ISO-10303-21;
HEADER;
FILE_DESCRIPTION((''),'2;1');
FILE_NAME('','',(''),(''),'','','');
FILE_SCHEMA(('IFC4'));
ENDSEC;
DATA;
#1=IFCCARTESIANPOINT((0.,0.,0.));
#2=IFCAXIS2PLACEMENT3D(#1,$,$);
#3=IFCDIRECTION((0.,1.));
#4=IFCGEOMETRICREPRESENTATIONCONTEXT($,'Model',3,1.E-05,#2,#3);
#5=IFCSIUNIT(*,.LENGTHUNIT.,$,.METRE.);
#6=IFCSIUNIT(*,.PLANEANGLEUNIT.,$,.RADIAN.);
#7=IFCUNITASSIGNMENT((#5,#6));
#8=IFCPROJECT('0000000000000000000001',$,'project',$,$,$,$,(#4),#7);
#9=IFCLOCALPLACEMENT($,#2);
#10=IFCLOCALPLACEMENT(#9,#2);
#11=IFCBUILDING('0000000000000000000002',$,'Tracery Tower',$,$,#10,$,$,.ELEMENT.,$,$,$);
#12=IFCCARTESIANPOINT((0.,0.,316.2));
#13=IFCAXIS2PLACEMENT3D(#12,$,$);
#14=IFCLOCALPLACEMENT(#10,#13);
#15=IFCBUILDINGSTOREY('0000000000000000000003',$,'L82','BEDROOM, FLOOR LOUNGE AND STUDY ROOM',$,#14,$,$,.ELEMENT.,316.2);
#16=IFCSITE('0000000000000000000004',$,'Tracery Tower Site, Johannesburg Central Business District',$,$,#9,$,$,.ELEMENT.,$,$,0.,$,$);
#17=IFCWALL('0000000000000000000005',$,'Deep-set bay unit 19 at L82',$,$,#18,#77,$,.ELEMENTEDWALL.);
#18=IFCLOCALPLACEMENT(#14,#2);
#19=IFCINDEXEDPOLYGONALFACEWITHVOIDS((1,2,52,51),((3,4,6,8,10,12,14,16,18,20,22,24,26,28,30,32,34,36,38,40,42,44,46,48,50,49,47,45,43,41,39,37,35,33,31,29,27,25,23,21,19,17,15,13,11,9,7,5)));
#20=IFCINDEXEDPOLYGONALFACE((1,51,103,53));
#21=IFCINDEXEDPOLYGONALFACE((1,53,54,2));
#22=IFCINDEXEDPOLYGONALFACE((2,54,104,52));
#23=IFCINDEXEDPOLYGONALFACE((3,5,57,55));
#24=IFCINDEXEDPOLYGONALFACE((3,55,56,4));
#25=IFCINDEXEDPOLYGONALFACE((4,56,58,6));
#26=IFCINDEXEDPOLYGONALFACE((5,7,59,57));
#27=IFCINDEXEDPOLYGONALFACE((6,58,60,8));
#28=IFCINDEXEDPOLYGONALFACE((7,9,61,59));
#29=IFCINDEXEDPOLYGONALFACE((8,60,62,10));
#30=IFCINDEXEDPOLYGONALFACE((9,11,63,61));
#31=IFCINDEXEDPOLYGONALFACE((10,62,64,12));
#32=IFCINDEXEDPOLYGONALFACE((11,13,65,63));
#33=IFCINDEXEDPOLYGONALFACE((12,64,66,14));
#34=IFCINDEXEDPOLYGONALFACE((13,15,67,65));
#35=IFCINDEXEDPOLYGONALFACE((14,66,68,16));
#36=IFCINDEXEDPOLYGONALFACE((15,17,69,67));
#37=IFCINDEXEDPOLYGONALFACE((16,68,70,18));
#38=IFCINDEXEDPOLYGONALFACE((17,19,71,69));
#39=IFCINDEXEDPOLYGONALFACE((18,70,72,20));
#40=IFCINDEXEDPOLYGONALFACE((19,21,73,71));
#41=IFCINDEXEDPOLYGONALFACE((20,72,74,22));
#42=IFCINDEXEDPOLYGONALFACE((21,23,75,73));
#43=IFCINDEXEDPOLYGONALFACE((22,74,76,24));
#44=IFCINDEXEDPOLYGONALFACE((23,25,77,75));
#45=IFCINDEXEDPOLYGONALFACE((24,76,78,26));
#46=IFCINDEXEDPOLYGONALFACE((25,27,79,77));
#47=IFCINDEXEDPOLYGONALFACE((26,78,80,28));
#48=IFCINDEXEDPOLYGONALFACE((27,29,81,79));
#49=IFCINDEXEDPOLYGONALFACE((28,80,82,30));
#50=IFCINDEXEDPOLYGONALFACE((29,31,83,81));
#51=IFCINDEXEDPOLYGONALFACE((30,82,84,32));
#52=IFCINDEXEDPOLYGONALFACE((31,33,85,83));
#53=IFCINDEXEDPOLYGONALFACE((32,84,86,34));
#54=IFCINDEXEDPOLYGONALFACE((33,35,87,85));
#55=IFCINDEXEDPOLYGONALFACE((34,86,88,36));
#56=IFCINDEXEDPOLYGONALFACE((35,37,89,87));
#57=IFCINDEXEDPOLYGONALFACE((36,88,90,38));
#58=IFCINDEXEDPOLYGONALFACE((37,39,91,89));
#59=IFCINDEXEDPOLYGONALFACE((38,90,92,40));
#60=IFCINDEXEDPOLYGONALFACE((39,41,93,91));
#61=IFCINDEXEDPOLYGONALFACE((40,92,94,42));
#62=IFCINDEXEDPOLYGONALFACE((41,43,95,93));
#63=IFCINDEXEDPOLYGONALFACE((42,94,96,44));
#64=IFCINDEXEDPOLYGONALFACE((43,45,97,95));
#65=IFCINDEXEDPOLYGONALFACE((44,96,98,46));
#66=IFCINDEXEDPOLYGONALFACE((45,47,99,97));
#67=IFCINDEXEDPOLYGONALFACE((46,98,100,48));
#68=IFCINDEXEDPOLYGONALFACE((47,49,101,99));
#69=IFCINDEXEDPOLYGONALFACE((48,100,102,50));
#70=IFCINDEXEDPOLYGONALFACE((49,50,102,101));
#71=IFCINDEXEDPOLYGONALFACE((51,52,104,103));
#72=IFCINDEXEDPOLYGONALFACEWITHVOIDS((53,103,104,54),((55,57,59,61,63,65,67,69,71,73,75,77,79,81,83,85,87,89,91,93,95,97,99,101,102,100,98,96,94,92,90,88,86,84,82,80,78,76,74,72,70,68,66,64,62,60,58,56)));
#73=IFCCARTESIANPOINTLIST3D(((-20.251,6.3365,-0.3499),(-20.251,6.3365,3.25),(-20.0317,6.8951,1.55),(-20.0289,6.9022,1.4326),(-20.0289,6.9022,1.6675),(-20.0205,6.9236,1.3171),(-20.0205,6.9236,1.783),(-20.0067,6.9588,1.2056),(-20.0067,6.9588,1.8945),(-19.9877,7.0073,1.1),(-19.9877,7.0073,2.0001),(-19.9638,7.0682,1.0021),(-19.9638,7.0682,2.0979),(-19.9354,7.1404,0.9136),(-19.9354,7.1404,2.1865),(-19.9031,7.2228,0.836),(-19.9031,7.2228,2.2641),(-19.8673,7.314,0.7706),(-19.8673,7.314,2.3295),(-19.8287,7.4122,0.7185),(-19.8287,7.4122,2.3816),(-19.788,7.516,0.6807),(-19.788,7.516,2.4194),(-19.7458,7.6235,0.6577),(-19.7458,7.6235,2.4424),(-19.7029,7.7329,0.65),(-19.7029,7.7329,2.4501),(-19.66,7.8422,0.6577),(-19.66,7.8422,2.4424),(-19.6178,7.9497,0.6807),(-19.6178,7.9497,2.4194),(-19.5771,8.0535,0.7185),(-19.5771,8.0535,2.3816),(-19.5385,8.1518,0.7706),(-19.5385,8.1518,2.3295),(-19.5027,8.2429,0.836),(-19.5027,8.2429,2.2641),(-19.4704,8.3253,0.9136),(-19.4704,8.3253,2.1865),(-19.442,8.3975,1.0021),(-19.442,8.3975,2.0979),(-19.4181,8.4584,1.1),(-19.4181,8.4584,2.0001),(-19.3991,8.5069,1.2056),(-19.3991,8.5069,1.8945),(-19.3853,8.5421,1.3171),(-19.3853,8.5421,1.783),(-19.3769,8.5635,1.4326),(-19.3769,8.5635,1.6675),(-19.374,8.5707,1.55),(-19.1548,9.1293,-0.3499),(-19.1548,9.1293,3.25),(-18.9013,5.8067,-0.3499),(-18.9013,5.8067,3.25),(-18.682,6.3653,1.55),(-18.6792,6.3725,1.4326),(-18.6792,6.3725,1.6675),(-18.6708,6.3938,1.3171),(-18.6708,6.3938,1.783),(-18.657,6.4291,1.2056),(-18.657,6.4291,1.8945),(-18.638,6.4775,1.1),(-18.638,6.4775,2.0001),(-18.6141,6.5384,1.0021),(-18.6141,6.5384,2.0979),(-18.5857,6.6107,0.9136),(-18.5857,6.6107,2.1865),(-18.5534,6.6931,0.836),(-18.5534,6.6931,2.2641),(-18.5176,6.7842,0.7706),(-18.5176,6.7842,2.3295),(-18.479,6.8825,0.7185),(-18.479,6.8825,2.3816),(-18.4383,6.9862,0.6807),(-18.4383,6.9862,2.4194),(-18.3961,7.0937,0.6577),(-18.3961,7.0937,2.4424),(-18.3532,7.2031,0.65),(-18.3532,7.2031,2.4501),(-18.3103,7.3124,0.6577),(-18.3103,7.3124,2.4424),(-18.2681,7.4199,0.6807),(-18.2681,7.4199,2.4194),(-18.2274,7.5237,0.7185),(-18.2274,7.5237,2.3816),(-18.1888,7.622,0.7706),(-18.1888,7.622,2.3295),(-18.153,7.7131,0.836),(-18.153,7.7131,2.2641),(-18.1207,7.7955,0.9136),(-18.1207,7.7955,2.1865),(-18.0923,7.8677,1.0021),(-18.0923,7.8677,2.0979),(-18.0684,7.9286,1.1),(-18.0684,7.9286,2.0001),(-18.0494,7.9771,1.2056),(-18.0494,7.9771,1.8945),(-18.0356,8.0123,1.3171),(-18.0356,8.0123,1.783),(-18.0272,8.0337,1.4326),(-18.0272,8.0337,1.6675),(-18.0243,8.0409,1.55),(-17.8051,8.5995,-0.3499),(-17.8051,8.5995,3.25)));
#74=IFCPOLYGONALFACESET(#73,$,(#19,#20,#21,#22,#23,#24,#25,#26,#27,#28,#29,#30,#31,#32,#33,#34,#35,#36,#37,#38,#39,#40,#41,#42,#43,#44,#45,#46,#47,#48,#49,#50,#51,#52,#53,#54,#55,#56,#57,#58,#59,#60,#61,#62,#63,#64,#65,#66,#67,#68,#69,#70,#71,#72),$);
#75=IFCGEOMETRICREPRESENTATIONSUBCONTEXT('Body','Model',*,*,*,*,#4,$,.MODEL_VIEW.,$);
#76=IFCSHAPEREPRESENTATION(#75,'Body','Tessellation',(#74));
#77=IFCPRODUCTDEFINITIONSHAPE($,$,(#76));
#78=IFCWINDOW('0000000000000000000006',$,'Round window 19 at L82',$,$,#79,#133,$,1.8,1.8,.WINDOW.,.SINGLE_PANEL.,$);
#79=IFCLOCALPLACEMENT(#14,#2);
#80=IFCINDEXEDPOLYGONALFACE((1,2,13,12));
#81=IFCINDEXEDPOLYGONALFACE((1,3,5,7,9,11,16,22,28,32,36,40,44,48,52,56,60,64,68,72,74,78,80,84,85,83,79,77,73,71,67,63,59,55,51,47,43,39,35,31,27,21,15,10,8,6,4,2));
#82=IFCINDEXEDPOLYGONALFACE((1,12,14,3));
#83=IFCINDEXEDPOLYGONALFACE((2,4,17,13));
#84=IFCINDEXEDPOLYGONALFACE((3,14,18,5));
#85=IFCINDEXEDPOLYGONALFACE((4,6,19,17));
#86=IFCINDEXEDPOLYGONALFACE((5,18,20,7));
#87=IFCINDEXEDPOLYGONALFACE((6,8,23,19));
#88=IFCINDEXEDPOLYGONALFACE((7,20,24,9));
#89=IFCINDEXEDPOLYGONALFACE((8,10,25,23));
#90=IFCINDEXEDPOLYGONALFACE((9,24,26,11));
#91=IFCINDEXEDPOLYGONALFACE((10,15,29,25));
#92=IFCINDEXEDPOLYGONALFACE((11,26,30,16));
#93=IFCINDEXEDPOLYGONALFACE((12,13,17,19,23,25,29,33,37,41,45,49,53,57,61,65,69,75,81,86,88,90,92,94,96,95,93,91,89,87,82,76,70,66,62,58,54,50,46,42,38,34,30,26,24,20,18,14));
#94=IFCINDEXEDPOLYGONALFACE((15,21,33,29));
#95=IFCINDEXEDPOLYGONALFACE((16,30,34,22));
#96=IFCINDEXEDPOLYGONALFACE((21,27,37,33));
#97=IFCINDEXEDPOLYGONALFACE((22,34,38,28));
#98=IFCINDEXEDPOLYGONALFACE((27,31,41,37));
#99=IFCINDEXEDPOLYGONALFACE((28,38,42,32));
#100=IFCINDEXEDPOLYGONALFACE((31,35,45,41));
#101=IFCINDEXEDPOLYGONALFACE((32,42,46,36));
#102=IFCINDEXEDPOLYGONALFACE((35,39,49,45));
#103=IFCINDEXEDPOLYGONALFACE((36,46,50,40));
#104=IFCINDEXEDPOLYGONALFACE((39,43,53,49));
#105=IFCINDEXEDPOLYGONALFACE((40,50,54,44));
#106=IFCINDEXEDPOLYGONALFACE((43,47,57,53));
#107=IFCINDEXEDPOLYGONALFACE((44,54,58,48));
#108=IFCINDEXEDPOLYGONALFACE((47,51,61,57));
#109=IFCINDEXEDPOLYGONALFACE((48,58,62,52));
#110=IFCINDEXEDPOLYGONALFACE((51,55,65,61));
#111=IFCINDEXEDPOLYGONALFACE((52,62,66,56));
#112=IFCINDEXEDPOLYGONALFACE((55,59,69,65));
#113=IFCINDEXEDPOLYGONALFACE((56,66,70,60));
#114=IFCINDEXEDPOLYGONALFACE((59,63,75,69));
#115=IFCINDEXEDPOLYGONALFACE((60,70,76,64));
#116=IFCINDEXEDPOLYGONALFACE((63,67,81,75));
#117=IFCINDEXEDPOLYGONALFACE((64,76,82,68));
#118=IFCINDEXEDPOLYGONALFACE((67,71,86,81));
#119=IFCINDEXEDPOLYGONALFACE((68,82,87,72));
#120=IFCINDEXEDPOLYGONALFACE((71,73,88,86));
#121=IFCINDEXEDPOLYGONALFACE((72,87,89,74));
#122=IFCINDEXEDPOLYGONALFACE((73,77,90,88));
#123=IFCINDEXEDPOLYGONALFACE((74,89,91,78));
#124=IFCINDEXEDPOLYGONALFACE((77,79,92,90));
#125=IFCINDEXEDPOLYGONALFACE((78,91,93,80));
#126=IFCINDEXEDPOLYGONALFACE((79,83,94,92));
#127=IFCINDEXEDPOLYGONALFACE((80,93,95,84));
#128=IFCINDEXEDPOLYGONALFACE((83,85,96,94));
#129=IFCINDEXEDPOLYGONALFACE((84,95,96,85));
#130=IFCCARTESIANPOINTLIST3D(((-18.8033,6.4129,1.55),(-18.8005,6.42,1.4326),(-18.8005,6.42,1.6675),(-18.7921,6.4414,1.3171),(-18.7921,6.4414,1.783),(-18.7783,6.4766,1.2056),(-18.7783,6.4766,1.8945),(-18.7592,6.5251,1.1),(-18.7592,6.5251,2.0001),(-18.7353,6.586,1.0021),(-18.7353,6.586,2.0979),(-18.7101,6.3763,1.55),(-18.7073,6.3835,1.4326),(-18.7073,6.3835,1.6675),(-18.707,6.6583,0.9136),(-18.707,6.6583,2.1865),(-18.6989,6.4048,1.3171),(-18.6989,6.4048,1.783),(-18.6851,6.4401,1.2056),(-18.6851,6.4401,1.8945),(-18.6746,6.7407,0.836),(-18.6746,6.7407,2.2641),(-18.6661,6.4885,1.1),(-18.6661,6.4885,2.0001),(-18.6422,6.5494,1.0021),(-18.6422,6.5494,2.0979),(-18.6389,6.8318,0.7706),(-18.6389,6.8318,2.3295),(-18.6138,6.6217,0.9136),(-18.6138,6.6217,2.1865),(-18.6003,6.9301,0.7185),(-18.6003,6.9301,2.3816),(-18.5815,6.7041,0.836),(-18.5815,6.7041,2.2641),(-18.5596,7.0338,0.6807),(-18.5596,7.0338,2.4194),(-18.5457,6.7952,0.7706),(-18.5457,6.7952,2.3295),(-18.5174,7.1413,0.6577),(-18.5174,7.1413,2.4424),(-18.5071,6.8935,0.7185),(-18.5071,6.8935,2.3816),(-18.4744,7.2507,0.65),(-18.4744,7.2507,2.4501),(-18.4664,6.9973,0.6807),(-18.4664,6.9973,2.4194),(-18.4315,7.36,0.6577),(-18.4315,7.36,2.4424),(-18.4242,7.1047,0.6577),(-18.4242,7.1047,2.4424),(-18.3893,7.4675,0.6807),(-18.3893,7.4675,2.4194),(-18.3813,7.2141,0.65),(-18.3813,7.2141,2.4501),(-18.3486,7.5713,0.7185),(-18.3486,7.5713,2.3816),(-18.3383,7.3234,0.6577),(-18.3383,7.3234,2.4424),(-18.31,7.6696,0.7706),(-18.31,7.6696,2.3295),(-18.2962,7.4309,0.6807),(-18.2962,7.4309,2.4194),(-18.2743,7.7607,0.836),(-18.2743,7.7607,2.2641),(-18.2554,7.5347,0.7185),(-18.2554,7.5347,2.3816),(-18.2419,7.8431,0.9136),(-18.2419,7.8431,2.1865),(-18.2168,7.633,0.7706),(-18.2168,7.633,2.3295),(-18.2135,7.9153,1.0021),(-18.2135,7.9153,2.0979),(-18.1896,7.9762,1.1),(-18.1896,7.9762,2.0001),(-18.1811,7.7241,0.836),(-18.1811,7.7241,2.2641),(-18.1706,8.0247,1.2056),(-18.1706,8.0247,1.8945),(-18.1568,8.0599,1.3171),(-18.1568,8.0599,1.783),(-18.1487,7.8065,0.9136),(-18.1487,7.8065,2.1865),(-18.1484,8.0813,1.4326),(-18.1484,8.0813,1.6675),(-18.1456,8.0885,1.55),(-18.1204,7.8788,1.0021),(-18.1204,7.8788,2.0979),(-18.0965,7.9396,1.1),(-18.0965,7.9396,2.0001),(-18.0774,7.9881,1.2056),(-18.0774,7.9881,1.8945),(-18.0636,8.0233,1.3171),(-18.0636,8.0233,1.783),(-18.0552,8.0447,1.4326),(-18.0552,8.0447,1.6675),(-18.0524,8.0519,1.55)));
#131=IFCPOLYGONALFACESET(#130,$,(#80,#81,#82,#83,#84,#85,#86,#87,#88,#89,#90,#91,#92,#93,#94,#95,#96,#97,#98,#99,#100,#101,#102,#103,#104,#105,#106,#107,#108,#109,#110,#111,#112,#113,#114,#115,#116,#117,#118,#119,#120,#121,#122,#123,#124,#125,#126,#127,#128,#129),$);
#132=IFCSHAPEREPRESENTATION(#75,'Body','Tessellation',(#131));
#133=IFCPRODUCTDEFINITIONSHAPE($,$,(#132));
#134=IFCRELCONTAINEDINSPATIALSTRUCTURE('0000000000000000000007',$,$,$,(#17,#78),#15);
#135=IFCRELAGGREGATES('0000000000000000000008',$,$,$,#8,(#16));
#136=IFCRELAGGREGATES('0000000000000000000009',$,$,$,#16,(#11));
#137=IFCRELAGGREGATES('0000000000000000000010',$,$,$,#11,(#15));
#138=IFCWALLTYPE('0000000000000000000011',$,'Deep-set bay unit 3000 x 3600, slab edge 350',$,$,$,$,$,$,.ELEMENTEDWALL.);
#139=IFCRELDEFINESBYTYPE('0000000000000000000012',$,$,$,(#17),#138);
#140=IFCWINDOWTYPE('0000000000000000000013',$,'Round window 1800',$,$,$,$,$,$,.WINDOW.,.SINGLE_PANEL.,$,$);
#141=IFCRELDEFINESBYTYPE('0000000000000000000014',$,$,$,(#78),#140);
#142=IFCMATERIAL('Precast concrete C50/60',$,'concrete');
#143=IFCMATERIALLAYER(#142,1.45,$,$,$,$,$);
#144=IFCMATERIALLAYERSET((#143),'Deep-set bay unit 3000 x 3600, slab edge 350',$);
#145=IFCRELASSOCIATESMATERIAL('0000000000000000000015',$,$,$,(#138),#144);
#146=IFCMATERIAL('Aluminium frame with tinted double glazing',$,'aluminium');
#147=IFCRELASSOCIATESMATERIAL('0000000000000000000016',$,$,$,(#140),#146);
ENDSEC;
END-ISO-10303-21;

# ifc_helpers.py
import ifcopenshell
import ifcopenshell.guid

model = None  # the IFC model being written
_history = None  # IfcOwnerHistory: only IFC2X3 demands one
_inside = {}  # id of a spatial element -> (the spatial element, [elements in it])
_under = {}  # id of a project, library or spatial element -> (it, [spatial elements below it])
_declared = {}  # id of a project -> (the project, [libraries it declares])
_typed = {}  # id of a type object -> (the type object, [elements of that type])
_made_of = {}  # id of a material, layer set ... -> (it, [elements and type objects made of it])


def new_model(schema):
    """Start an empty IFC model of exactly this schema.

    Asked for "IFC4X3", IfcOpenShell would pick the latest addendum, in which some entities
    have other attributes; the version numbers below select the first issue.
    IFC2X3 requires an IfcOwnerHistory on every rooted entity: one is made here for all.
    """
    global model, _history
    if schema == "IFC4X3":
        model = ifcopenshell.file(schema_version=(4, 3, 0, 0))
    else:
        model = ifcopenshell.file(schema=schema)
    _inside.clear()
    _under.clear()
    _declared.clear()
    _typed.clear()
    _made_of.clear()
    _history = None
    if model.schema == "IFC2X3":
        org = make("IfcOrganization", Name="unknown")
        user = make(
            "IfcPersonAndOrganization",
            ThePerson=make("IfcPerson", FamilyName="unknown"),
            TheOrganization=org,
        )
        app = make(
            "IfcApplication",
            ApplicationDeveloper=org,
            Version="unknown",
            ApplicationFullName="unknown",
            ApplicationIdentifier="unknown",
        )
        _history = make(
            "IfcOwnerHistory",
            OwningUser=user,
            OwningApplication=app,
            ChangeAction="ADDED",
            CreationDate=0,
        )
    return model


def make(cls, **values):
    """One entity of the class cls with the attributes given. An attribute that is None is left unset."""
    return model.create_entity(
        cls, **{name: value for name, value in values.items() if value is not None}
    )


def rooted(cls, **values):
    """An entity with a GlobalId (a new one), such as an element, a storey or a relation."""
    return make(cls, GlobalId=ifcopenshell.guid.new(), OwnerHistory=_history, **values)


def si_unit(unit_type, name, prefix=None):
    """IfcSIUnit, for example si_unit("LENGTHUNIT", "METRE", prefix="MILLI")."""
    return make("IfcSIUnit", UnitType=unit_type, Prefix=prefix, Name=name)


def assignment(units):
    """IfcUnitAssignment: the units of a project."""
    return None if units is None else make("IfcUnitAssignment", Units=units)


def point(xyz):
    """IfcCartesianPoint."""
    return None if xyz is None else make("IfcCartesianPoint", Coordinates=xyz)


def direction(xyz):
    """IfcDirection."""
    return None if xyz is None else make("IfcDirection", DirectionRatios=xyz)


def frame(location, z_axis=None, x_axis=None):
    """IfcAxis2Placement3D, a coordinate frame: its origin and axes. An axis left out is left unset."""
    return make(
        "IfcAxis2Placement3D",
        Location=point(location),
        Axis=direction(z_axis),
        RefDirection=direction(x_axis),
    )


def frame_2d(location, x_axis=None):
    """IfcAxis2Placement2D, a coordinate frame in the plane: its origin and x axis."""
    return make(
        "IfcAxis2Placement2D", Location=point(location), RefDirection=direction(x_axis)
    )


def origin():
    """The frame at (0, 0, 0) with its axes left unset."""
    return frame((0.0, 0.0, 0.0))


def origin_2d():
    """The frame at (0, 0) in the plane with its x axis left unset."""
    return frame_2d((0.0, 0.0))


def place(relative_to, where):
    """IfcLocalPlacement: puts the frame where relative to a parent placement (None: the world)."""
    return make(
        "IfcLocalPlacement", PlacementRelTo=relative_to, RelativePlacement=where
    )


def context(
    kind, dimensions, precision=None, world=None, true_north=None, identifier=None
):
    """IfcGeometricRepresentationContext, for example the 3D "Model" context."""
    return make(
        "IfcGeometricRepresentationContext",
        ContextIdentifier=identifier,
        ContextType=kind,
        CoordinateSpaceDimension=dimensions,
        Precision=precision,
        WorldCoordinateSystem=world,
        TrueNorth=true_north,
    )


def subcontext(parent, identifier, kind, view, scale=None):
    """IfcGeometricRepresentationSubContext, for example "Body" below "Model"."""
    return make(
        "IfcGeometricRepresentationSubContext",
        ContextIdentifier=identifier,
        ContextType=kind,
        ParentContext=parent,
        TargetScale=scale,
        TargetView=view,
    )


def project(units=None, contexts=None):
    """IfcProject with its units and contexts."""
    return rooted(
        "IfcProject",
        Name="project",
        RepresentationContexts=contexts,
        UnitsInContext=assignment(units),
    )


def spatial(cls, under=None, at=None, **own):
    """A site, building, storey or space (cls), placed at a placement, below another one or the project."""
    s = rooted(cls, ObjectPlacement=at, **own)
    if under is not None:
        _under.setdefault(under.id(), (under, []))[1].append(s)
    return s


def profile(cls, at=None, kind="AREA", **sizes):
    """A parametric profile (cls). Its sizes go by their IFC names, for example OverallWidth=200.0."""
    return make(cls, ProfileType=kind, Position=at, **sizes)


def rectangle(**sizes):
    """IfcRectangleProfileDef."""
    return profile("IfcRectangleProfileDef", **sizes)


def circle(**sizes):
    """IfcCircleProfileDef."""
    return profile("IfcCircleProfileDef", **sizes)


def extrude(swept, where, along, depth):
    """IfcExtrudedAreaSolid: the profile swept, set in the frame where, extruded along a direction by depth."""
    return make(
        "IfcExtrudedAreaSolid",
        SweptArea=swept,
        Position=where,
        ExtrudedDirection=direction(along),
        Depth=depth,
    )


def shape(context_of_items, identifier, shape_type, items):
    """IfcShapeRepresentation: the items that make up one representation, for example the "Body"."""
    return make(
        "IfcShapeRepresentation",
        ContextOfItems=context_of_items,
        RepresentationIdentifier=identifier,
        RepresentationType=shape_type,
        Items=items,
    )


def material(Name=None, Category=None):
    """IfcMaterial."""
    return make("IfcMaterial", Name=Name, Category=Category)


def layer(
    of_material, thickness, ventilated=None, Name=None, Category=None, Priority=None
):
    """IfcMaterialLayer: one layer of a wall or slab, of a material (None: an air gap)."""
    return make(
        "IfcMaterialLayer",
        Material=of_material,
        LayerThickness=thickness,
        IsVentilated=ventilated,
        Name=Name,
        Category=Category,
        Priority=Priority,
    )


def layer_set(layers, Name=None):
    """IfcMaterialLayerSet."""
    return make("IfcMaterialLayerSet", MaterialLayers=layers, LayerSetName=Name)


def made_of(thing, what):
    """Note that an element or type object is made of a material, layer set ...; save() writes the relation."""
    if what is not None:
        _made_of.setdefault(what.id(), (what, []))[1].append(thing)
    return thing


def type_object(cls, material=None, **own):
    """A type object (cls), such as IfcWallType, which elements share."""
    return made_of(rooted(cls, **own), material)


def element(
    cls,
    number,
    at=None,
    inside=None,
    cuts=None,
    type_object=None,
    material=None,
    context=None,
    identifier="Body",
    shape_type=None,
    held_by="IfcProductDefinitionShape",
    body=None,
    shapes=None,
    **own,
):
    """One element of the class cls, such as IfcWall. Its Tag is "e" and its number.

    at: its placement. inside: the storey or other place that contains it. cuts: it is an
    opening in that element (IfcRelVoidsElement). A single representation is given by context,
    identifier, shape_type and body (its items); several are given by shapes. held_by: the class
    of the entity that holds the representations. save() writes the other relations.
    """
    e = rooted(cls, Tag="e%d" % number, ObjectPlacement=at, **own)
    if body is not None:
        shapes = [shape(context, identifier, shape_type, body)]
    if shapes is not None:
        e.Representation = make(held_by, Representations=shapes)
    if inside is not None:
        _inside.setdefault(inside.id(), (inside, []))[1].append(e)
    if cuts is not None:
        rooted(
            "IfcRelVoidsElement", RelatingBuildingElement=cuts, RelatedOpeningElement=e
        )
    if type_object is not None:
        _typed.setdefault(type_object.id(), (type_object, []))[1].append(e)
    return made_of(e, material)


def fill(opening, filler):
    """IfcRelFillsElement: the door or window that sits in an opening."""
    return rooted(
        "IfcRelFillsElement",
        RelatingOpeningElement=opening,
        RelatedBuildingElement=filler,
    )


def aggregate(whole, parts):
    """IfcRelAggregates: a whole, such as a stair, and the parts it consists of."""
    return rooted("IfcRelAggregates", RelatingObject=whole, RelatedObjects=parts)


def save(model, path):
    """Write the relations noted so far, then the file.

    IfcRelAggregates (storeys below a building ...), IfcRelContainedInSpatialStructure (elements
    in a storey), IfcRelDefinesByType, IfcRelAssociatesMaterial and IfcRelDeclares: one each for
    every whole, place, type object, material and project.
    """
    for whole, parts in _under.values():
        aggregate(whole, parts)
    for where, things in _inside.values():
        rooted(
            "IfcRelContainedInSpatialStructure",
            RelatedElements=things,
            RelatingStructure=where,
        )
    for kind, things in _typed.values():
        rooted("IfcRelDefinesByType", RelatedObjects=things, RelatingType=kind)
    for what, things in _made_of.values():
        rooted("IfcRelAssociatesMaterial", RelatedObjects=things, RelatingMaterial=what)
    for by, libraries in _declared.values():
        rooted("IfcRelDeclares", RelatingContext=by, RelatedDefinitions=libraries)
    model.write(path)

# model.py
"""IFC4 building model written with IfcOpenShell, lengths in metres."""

from ifc_helpers import new_model, si_unit, direction, frame, frame_2d, origin, origin_2d, place, context, subcontext, project, spatial, rectangle, circle, extrude, material, layer, layer_set, type_object, element, fill, save


model = new_model("IFC4")

# Units and contexts
model_context = context("Model", 3, precision=1e-05, world=origin(), true_north=direction((0.0, 1.0)))
body_context = subcontext(model_context, "Body", "Model", "MODEL_VIEW")
ifc_project = project(units=[si_unit("LENGTHUNIT", "METRE"), si_unit("PLANEANGLEUNIT", "RADIAN")], contexts=[model_context])

# Site, building, storey
site_placement = place(None, origin())
site = spatial("IfcSite", under=ifc_project, at=site_placement, Name="Tracery Tower Site, Johannesburg Central Business District", CompositionType="ELEMENT", RefElevation=0.0)
building_placement = place(site_placement, origin())
building = spatial("IfcBuilding", under=site, at=building_placement, Name="Tracery Tower", CompositionType="ELEMENT")
storey_placement = place(building_placement, frame((0.0, 0.0, 316.2)))
storey = spatial("IfcBuildingStorey", under=building, at=storey_placement, Name="L82", Description="BEDROOM, FLOOR LOUNGE AND STUDY ROOM", CompositionType="ELEMENT", Elevation=316.2)

# Wall, opening, window
ifc_material_1 = material(Name="Precast concrete C50/60", Category="concrete")
ifc_layer_1 = layer(ifc_material_1, 1.45)
ifc_layer_set_1 = layer_set([ifc_layer_1], Name="Deep-set bay unit 3000 x 3600, slab edge 350")
wall_type_1 = type_object("IfcWallType", Name="Deep-set bay unit 3000 x 3600, slab edge 350", PredefinedType="ELEMENTEDWALL", material=ifc_layer_set_1)
ifc_material_2 = material(Name="Aluminium frame with tinted double glazing", Category="aluminium")
window_type = type_object("IfcWindowType", Name="Round window 1800", PartitioningType="SINGLE_PANEL", PredefinedType="WINDOW", material=ifc_material_2)
wall_1_placement = place(storey_placement, frame((-18.48, 8.8643, -0.3499), z_axis=(0.0, 0.0, 1.0), x_axis=(-0.365378, -0.930859, 0.0)))
wall_1 = element("IfcWall", 1, at=wall_1_placement, inside=storey, type_object=wall_type_1, Name="Deep-set bay unit 19 at L82", PredefinedType="ELEMENTEDWALL", context=body_context, shape_type="SweptSolid", body=[
    extrude(rectangle(XDim=3.0002, YDim=1.45, at=frame_2d((1.5, 0.0))), origin(), (0.0, 0.0, 1.0), 3.5999),
])
opening_1_placement = place(wall_1_placement, frame((1.5, 0.0, 1.8999)))
opening_1 = element("IfcOpeningElement", 2, at=opening_1_placement, cuts=wall_1, PredefinedType="OPENING", context=body_context, shape_type="SweptSolid", body=[
    extrude(circle(Radius=0.9, at=origin_2d()), frame((0.0, 0.7349, 0.0), z_axis=(0.0, -1.0, 0.0), x_axis=(1.0, 0.0, 0.0)), (0.0, 0.0, 1.0), 1.47),
])
window_1_placement = place(opening_1_placement, origin())
window_1 = element("IfcWindow", 3, at=window_1_placement, inside=storey, type_object=window_type, Name="Round window 19 at L82", OverallHeight=1.8, OverallWidth=1.8, PartitioningType="SINGLE_PANEL", PredefinedType="WINDOW", context=body_context, shape_type="SweptSolid", body=[
    extrude(circle(Radius=0.9, at=origin_2d()), frame((0.0, 0.6948, 0.0), z_axis=(0.0, -1.0, 0.0), x_axis=(1.0, 0.0, 0.0)), (0.0, 0.0, 1.0), 0.1001),
])
fill(opening_1, window_1)

save(model, "model.ifc")
